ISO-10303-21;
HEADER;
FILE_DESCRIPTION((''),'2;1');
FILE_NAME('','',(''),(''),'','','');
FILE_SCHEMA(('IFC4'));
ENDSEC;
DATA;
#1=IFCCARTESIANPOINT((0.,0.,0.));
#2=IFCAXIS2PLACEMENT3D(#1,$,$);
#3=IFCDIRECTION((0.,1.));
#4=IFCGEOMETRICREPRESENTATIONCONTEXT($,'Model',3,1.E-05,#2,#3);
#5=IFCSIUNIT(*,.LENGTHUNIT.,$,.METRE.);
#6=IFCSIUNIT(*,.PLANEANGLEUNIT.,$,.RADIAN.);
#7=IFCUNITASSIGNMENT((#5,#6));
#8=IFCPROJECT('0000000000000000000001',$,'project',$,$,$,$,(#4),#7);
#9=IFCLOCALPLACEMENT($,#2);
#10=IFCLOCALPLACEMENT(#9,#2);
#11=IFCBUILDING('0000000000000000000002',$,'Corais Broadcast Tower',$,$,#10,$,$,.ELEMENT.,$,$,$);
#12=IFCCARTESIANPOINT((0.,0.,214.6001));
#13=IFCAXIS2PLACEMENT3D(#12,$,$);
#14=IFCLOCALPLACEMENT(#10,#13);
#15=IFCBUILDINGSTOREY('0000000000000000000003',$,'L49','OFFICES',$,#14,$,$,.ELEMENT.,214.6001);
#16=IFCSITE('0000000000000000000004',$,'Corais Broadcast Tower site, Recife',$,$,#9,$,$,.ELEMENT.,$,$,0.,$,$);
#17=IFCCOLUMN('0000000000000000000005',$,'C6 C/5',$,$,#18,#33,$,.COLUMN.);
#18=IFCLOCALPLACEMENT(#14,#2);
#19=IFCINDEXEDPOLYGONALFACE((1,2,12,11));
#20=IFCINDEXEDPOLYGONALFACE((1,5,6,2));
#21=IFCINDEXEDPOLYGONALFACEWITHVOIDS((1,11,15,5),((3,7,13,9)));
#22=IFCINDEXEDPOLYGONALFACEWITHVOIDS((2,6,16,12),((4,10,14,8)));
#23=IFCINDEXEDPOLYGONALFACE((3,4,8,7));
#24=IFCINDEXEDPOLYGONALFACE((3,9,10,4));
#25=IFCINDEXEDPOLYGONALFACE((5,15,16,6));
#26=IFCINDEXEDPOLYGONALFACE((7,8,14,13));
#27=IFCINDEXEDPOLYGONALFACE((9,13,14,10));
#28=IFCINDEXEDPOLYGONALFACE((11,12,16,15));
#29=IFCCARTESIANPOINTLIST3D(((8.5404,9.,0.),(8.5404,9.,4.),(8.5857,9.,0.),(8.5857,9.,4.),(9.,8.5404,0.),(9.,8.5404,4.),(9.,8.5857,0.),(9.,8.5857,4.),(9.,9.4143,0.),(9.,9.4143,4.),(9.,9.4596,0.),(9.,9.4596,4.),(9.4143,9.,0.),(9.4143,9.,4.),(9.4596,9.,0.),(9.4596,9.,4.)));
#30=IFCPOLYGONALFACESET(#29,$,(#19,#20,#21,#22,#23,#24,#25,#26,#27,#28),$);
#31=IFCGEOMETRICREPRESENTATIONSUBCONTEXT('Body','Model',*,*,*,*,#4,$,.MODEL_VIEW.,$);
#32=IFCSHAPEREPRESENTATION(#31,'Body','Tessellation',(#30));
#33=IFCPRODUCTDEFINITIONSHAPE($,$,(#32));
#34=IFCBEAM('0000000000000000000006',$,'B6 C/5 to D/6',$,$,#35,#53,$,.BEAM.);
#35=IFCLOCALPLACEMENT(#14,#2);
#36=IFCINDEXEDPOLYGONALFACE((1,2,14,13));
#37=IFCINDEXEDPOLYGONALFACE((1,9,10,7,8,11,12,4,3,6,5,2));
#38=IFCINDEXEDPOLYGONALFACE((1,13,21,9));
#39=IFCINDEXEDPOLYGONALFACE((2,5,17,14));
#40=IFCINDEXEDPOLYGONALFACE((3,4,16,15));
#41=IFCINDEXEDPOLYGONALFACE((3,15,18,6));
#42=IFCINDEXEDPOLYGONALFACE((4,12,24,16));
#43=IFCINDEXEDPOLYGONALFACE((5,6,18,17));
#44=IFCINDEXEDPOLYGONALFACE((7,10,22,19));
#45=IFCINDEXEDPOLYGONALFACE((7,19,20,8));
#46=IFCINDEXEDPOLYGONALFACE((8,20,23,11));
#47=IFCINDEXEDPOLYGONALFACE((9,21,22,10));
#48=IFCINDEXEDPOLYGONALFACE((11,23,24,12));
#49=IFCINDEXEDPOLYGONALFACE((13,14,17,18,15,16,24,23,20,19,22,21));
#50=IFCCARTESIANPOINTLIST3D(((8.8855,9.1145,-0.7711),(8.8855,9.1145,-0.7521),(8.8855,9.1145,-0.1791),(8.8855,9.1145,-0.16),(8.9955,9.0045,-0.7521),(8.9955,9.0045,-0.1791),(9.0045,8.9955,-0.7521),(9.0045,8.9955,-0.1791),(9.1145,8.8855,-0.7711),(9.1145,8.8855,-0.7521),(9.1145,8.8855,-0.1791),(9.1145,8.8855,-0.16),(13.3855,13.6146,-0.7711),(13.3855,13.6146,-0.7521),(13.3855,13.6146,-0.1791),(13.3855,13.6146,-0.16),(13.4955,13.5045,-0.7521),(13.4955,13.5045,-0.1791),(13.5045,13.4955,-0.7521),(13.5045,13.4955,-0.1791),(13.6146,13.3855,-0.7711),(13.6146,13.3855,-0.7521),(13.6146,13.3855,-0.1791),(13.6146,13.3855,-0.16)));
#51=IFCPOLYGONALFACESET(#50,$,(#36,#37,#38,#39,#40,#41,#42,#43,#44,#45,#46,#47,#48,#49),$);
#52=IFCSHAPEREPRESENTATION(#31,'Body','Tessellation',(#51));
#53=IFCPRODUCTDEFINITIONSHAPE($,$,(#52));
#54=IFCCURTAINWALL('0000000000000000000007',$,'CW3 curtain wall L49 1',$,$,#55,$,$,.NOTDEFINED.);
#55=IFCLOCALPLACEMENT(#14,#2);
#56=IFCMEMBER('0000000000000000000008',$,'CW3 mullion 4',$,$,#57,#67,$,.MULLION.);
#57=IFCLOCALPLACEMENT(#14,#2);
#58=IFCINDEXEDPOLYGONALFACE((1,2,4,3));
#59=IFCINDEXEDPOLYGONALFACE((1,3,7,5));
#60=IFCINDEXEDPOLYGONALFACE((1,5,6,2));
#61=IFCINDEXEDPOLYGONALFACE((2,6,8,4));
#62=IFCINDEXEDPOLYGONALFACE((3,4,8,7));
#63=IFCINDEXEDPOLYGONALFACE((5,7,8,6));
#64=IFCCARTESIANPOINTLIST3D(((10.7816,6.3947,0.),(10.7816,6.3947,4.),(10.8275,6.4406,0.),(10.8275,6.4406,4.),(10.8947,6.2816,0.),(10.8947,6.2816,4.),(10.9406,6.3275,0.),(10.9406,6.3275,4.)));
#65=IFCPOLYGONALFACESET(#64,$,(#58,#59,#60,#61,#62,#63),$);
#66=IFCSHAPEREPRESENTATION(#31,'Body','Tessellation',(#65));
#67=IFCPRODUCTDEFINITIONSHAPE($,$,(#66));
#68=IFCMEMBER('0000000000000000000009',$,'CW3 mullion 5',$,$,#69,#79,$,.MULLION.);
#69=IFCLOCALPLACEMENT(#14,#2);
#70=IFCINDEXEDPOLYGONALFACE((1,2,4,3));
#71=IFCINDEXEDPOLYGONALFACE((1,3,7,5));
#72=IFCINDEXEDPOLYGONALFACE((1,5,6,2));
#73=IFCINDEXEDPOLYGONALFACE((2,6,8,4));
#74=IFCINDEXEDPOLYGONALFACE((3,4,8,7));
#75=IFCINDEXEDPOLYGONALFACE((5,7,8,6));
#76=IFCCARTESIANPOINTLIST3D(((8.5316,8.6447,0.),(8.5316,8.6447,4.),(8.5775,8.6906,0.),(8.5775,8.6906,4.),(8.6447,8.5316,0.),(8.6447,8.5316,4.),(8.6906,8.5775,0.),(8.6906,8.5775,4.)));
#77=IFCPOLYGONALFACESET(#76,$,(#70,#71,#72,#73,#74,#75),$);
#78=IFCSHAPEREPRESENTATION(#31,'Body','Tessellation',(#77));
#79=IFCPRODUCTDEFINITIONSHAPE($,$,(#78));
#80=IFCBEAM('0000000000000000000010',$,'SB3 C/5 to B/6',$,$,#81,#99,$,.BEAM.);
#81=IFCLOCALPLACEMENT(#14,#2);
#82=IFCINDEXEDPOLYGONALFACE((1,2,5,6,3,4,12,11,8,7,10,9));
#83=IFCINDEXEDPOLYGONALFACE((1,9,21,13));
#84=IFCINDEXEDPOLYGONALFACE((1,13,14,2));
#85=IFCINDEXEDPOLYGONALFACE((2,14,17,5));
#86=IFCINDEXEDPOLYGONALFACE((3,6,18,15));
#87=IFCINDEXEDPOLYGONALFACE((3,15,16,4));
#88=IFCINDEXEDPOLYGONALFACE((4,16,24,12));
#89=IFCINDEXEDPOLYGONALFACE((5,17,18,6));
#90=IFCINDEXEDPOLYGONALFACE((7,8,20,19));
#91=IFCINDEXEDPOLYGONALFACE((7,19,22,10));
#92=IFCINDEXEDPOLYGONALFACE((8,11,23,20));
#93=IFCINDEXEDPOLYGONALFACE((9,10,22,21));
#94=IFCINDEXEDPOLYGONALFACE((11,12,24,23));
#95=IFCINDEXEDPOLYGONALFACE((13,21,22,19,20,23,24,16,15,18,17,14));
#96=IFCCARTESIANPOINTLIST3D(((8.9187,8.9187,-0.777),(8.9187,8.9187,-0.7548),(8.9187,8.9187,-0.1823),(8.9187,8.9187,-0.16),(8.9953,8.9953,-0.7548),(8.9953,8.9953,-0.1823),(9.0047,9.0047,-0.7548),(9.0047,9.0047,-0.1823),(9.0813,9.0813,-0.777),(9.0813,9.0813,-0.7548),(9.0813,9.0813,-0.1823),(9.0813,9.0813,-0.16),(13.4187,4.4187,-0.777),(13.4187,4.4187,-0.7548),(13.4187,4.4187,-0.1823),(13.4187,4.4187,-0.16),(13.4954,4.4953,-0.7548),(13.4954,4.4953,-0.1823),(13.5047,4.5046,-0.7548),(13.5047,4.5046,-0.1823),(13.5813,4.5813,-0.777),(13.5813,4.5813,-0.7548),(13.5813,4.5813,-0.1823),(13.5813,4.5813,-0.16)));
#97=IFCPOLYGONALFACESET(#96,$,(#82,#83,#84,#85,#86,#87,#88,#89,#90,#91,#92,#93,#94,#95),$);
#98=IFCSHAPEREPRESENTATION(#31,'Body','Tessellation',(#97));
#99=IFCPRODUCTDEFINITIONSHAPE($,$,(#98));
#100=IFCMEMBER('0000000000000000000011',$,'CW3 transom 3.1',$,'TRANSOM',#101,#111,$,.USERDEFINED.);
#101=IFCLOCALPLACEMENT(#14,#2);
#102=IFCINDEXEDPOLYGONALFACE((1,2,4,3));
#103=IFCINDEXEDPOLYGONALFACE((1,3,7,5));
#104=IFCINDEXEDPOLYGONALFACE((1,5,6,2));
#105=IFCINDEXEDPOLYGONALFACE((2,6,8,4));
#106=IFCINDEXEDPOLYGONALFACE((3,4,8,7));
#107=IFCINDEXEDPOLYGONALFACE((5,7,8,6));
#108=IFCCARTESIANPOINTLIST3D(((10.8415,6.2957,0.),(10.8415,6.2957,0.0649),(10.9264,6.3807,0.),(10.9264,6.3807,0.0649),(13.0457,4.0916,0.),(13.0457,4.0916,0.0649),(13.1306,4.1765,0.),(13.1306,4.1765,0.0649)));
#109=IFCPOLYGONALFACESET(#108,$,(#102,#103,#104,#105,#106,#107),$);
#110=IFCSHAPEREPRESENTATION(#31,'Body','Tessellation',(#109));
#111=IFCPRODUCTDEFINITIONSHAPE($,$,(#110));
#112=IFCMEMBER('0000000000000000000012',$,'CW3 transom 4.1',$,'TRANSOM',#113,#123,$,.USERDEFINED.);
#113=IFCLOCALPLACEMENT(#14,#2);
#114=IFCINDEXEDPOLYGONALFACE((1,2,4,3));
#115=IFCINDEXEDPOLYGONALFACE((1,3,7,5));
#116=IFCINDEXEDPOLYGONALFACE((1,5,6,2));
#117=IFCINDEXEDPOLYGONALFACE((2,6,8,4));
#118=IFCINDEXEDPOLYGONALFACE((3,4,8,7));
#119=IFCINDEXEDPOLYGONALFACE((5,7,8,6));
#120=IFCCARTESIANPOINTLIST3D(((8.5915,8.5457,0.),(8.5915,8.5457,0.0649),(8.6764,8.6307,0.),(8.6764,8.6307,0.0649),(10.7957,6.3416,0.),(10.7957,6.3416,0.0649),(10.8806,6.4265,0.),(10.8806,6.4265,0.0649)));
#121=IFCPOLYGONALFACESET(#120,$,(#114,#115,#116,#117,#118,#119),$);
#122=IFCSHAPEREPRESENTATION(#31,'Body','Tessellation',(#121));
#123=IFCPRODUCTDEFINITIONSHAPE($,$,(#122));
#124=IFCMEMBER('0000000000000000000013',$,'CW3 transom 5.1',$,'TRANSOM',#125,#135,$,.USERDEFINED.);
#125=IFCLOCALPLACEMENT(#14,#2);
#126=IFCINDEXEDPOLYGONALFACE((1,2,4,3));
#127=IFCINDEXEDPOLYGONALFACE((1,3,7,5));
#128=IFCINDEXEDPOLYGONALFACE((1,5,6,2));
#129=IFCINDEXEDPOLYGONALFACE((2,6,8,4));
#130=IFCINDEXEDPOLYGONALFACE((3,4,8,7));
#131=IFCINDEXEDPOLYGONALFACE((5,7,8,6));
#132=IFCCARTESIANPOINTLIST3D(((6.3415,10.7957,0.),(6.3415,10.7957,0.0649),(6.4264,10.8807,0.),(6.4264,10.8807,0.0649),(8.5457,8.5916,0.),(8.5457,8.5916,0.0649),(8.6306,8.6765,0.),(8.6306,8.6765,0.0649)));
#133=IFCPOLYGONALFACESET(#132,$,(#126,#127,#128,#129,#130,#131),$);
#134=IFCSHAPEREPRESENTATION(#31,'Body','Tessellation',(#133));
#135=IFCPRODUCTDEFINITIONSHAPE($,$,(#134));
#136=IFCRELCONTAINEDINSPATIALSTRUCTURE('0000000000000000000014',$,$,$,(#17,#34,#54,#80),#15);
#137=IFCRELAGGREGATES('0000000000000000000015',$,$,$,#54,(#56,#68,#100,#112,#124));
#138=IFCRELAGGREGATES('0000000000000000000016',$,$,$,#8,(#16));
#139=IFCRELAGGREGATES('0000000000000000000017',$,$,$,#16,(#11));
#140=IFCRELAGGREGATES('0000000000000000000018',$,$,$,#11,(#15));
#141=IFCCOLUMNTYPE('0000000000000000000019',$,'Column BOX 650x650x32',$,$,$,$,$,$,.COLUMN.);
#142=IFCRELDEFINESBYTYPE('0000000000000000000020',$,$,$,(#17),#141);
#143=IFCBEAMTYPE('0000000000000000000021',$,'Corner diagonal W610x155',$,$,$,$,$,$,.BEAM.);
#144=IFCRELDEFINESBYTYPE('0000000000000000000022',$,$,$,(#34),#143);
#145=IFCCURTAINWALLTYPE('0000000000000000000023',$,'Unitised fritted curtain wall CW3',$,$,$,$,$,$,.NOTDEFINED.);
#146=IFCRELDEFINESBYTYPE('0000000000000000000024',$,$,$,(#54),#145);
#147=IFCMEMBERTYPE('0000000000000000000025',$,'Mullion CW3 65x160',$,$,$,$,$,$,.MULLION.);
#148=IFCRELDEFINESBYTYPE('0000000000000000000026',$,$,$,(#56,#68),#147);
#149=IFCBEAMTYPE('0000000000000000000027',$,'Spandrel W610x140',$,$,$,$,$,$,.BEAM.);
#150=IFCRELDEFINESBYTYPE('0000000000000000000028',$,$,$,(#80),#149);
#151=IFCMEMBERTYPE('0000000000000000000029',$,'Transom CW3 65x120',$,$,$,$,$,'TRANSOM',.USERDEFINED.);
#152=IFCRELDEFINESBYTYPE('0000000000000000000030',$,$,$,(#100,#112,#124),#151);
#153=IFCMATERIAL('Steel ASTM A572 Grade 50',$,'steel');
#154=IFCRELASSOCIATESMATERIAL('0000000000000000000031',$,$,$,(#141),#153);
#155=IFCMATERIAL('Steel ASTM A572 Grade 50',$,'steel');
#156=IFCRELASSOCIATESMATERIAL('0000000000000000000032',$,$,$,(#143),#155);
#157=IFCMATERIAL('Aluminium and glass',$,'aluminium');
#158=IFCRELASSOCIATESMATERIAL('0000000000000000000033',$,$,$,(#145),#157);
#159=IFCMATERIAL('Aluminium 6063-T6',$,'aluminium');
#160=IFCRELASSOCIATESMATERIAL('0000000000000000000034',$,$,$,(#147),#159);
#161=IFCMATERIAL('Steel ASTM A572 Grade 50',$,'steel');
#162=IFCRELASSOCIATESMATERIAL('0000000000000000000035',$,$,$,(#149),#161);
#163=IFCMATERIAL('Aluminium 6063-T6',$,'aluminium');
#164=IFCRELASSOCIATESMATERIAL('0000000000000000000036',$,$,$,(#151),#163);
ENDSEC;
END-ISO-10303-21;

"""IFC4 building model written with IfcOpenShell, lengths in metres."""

from ifc_helpers import new_model, si_unit, direction, frame, origin, origin_2d, place, context, subcontext, project, spatial, rectangle, hollow_rectangle, i_section, extrude, material, material_profile, profile_set, type_object, element, aggregate, save


model = new_model("IFC4")

# Units and contexts
model_context = context("Model", 3, precision=1e-05, world=origin(), true_north=direction((0.0, 1.0)))
body_context = subcontext(model_context, "Body", "Model", "MODEL_VIEW")
ifc_project = project(units=[si_unit("LENGTHUNIT", "METRE"), si_unit("PLANEANGLEUNIT", "RADIAN")], contexts=[model_context])

# Site, building, storey
site_placement = place(None, origin())
site = spatial("IfcSite", under=ifc_project, at=site_placement, Name="Corais Broadcast Tower site, Recife", CompositionType="ELEMENT", RefElevation=0.0)
building_placement = place(site_placement, origin())
building = spatial("IfcBuilding", under=site, at=building_placement, Name="Corais Broadcast Tower", CompositionType="ELEMENT")
storey_placement = place(building_placement, frame((0.0, 0.0, 214.6001)))
storey = spatial("IfcBuildingStorey", under=building, at=storey_placement, Name="L49", Description="OFFICES", CompositionType="ELEMENT", Elevation=214.6001)

# Column
ifc_material_1 = material(Name="Steel ASTM A572 Grade 50", Category="steel")
ifc_material_profile_1 = material_profile(ifc_material_1, hollow_rectangle(XDim=0.6499, YDim=0.6499, WallThickness=0.032, at=origin_2d()), Name="BOX 650x650x32")
ifc_profile_set_1 = profile_set([ifc_material_profile_1], Name="Steel ASTM A572 Grade 50")
column_type = type_object("IfcColumnType", Name="Column BOX 650x650x32", PredefinedType="COLUMN", material=ifc_profile_set_1)
column_placement = place(storey_placement, frame((9.0, 9.0, 0.0), z_axis=(0.0, 0.0, 1.0), x_axis=(0.707107, 0.707107, 0.0)))
element("IfcColumn", 1, at=column_placement, inside=storey, type_object=column_type, Name="C6 C/5", PredefinedType="COLUMN", context=body_context, shape_type="SweptSolid", body=[
    extrude(hollow_rectangle(XDim=0.6499, YDim=0.6499, WallThickness=0.032, at=origin_2d()), origin(), (0.0, 0.0, 1.0), 4.0),
])

# Beam
ifc_material_2 = material(Name="Steel ASTM A572 Grade 50", Category="steel")
ifc_material_profile_2 = material_profile(ifc_material_2, i_section(OverallWidth=0.324, OverallDepth=0.6111, WebThickness=0.0127, FlangeThickness=0.019, at=origin_2d()), Name="W610x155")
ifc_profile_set_2 = profile_set([ifc_material_profile_2], Name="Steel ASTM A572 Grade 50")
beam_type_1 = type_object("IfcBeamType", Name="Corner diagonal W610x155", PredefinedType="BEAM", material=ifc_profile_set_2)
beam_1_placement = place(storey_placement, frame((9.0, 9.0, -0.4656), z_axis=(0.707107, 0.707107, 0.0), x_axis=(-0.707107, 0.707107, 0.0)))
element("IfcBeam", 2, at=beam_1_placement, inside=storey, type_object=beam_type_1, Name="B6 C/5 to D/6", PredefinedType="BEAM", context=body_context, shape_type="SweptSolid", body=[
    extrude(i_section(OverallWidth=0.324, OverallDepth=0.6111, WebThickness=0.0127, FlangeThickness=0.019, at=origin_2d()), origin(), (0.0, 0.0, 1.0), 6.364),
])

# Curtain wall, members
ifc_material_3 = material(Name="Aluminium and glass", Category="aluminium")
curtain_wall_type = type_object("IfcCurtainWallType", Name="Unitised fritted curtain wall CW3", PredefinedType="NOTDEFINED", material=ifc_material_3)
curtain_wall_placement = place(storey_placement, origin())
curtain_wall = element("IfcCurtainWall", 3, at=curtain_wall_placement, inside=storey, type_object=curtain_wall_type, Name="CW3 curtain wall L49 1", PredefinedType="NOTDEFINED")
ifc_material_4 = material(Name="Aluminium 6063-T6", Category="aluminium")
ifc_material_profile_3 = material_profile(ifc_material_4, rectangle(XDim=0.0649, YDim=0.1599, at=origin_2d()), Name="Mullion CW3 65x160")
ifc_profile_set_3 = profile_set([ifc_material_profile_3], Name="Aluminium 6063-T6")
member_type_1 = type_object("IfcMemberType", Name="Mullion CW3 65x160", PredefinedType="MULLION", material=ifc_profile_set_3)
member_1_placement = place(storey_placement, frame((10.8611, 6.3611, 0.0), z_axis=(0.0, 0.0, 1.0), x_axis=(-0.707107, -0.707107, 0.0)))
member_1 = element("IfcMember", 4, at=member_1_placement, type_object=member_type_1, Name="CW3 mullion 4", PredefinedType="MULLION", context=body_context, shape_type="SweptSolid", body=[
    extrude(rectangle(XDim=0.0649, YDim=0.1599, at=origin_2d()), origin(), (0.0, 0.0, 1.0), 4.0),
])
member_2_placement = place(storey_placement, frame((8.6111, 8.6111, 0.0), z_axis=(0.0, 0.0, 1.0), x_axis=(-0.707107, -0.707107, 0.0)))
member_2 = element("IfcMember", 5, at=member_2_placement, type_object=member_type_1, Name="CW3 mullion 5", PredefinedType="MULLION", context=body_context, shape_type="SweptSolid", body=[
    extrude(rectangle(XDim=0.0649, YDim=0.1599, at=origin_2d()), origin(), (0.0, 0.0, 1.0), 4.0),
])

# Beam
ifc_material_5 = material(Name="Steel ASTM A572 Grade 50", Category="steel")
ifc_material_profile_4 = material_profile(ifc_material_5, i_section(OverallWidth=0.23, OverallDepth=0.6169, WebThickness=0.0132, FlangeThickness=0.0222, at=origin_2d()), Name="W610x140")
ifc_profile_set_4 = profile_set([ifc_material_profile_4], Name="Steel ASTM A572 Grade 50")
beam_type_2 = type_object("IfcBeamType", Name="Spandrel W610x140", PredefinedType="BEAM", material=ifc_profile_set_4)
beam_2_placement = place(storey_placement, frame((9.0, 9.0, -0.4685), z_axis=(0.707107, -0.707107, 0.0), x_axis=(0.707107, 0.707107, 0.0)))
element("IfcBeam", 6, at=beam_2_placement, inside=storey, type_object=beam_type_2, Name="SB3 C/5 to B/6", PredefinedType="BEAM", context=body_context, shape_type="SweptSolid", body=[
    extrude(i_section(OverallWidth=0.23, OverallDepth=0.6169, WebThickness=0.0132, FlangeThickness=0.0222, at=origin_2d()), origin(), (0.0, 0.0, 1.0), 6.364),
])

# Members
ifc_material_6 = material(Name="Aluminium 6063-T6", Category="aluminium")
ifc_material_profile_5 = material_profile(ifc_material_6, rectangle(XDim=0.1201, YDim=0.0649, at=origin_2d()), Name="Transom CW3 65x120")
ifc_profile_set_5 = profile_set([ifc_material_profile_5], Name="Aluminium 6063-T6")
member_type_2 = type_object("IfcMemberType", Name="Transom CW3 65x120", ElementType="TRANSOM", PredefinedType="USERDEFINED", material=ifc_profile_set_5)
member_3_placement = place(storey_placement, frame((13.0881, 4.134, 0.0325), z_axis=(-0.707107, 0.707107, 0.0), x_axis=(-0.707107, -0.707107, 0.0)))
member_3 = element("IfcMember", 7, at=member_3_placement, type_object=member_type_2, Name="CW3 transom 3.1", ObjectType="TRANSOM", PredefinedType="USERDEFINED", context=body_context, shape_type="SweptSolid", body=[
    extrude(rectangle(XDim=0.1201, YDim=0.0649, at=origin_2d()), origin(), (0.0, 0.0, 1.0), 3.1172),
])
member_4_placement = place(storey_placement, frame((10.8381, 6.384, 0.0325), z_axis=(-0.707107, 0.707107, 0.0), x_axis=(-0.707107, -0.707107, 0.0)))
member_4 = element("IfcMember", 8, at=member_4_placement, type_object=member_type_2, Name="CW3 transom 4.1", ObjectType="TRANSOM", PredefinedType="USERDEFINED", context=body_context, shape_type="SweptSolid", body=[
    extrude(rectangle(XDim=0.1201, YDim=0.0649, at=origin_2d()), origin(), (0.0, 0.0, 1.0), 3.1172),
])
member_5_placement = place(storey_placement, frame((8.5881, 8.634, 0.0325), z_axis=(-0.707107, 0.707107, 0.0), x_axis=(-0.707107, -0.707107, 0.0)))
member_5 = element("IfcMember", 9, at=member_5_placement, type_object=member_type_2, Name="CW3 transom 5.1", ObjectType="TRANSOM", PredefinedType="USERDEFINED", context=body_context, shape_type="SweptSolid", body=[
    extrude(rectangle(XDim=0.1201, YDim=0.0649, at=origin_2d()), origin(), (0.0, 0.0, 1.0), 3.1172),
])

aggregate(curtain_wall, [member_1, member_2, member_3, member_4, member_5])

save(model, "model.ifc")
